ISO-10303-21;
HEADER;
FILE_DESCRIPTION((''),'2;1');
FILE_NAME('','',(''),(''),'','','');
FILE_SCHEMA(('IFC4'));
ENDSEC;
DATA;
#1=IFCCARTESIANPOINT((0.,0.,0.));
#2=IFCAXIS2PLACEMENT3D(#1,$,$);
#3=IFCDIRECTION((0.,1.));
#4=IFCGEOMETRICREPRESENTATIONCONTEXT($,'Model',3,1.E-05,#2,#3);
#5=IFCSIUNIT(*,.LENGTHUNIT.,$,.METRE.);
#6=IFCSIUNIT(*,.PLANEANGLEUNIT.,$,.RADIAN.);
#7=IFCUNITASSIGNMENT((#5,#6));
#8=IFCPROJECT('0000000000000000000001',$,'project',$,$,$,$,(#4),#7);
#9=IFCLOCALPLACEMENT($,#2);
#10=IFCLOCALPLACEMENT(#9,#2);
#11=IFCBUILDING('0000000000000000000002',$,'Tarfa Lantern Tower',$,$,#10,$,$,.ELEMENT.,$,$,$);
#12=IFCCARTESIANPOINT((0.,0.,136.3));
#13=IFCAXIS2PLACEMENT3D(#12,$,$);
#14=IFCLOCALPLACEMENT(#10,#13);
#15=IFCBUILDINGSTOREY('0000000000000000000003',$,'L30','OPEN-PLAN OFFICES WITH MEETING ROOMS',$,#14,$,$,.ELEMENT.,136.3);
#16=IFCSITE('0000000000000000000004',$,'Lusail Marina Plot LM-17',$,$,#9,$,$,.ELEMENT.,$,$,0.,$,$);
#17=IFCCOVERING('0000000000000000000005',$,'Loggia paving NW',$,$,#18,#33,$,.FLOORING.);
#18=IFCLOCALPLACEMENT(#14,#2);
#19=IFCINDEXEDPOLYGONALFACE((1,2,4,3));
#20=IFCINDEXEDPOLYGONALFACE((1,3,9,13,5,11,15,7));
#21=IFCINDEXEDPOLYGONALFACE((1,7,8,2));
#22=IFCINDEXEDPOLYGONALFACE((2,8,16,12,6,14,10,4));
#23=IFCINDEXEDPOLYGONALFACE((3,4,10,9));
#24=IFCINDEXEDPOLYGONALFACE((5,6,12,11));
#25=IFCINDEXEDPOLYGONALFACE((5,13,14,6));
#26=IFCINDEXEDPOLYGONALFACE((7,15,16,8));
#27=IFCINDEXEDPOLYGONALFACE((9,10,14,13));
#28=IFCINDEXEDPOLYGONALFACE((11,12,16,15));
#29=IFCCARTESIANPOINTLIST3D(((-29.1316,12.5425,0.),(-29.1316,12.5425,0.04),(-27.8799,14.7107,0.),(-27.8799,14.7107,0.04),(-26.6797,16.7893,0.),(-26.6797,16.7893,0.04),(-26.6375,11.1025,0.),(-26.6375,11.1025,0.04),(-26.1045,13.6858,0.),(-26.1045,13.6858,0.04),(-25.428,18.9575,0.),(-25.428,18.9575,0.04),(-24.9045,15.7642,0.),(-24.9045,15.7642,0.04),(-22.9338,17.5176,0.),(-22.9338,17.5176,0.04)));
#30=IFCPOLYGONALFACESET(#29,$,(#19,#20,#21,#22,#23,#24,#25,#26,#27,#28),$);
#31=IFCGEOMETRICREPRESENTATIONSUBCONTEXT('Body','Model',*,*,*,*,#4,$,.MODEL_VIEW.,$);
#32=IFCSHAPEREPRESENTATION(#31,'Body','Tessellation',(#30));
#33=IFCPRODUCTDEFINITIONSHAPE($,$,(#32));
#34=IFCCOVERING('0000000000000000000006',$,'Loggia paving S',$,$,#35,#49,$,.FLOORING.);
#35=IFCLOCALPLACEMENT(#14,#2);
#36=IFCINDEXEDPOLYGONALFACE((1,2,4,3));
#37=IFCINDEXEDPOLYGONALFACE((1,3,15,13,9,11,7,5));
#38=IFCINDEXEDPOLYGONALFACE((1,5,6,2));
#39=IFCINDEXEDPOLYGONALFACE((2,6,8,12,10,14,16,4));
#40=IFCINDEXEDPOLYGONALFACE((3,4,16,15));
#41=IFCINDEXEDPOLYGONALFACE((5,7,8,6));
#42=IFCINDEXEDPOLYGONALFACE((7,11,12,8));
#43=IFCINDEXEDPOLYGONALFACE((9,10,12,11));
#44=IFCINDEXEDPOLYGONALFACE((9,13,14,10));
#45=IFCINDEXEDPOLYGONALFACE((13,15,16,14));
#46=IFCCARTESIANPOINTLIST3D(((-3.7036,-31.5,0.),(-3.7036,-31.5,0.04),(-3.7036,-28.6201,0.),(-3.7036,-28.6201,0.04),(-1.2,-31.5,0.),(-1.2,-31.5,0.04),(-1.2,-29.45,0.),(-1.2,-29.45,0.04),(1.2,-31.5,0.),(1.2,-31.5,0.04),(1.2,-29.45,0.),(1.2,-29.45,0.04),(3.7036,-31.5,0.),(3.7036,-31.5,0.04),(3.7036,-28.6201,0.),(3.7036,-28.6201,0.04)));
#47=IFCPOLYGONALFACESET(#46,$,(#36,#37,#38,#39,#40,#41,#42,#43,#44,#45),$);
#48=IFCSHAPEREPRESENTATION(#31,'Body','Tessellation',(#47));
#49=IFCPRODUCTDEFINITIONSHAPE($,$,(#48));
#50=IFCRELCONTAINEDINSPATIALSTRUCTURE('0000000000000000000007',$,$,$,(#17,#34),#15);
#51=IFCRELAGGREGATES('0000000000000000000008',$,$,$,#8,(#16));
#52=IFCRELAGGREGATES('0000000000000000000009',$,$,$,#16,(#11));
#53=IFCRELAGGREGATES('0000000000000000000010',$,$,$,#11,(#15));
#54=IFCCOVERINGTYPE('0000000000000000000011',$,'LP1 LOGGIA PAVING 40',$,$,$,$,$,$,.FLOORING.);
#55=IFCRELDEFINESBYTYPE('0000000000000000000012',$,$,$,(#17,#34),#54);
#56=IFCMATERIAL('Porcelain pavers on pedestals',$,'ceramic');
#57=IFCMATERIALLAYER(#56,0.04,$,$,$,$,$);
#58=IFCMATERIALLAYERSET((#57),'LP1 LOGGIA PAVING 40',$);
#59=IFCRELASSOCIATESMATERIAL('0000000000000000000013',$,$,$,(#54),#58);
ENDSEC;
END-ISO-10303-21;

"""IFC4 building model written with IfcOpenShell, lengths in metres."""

from ifc_helpers import new_model, si_unit, direction, frame, origin, place, context, subcontext, project, spatial, polyline, outline, extrude, material, layer, layer_set, type_object, element, save


model = new_model("IFC4")

# Units and contexts
model_context = context("Model", 3, precision=1e-05, world=origin(), true_north=direction((0.0, 1.0)))
body_context = subcontext(model_context, "Body", "Model", "MODEL_VIEW")
ifc_project = project(units=[si_unit("LENGTHUNIT", "METRE"), si_unit("PLANEANGLEUNIT", "RADIAN")], contexts=[model_context])

# Site, building, storey
site_placement = place(None, origin())
site = spatial("IfcSite", under=ifc_project, at=site_placement, Name="Lusail Marina Plot LM-17", CompositionType="ELEMENT", RefElevation=0.0)
building_placement = place(site_placement, origin())
building = spatial("IfcBuilding", under=site, at=building_placement, Name="Tarfa Lantern Tower", CompositionType="ELEMENT")
storey_placement = place(building_placement, frame((0.0, 0.0, 136.3)))
storey = spatial("IfcBuildingStorey", under=building, at=storey_placement, Name="L30", Description="OPEN-PLAN OFFICES WITH MEETING ROOMS", CompositionType="ELEMENT", Elevation=136.3)

# Coverings
ifc_material_1 = material(Name="Porcelain pavers on pedestals", Category="ceramic")
ifc_layer_1 = layer(ifc_material_1, 0.04)
ifc_layer_set_1 = layer_set([ifc_layer_1], Name="LP1 LOGGIA PAVING 40")
covering_type_1 = type_object("IfcCoveringType", Name="LP1 LOGGIA PAVING 40", PredefinedType="FLOORING", material=ifc_layer_set_1)
covering_1_placement = place(storey_placement, origin())
element("IfcCovering", 1, at=covering_1_placement, inside=storey, type_object=covering_type_1, Name="Loggia paving NW", PredefinedType="FLOORING", context=body_context, shape_type="SweptSolid", body=[
    extrude(outline(polyline([(-25.428, 18.9575), (-22.9338, 17.5176), (-26.6375, 11.1025), (-29.1316, 12.5425), (-27.8799, 14.7107), (-26.1045, 13.6858), (-24.9045, 15.7642), (-26.6797, 16.7893), (-25.428, 18.9575)])), origin(), (0.0, 0.0, 1.0), 0.04),
])
covering_2_placement = place(storey_placement, origin())
element("IfcCovering", 2, at=covering_2_placement, inside=storey, type_object=covering_type_1, Name="Loggia paving S", PredefinedType="FLOORING", context=body_context, shape_type="SweptSolid", body=[
    extrude(outline(polyline([(-3.7036, -31.5), (-3.7036, -28.6201), (3.7036, -28.6201), (3.7036, -31.5), (1.2, -31.5), (1.2, -29.45), (-1.2, -29.45), (-1.2, -31.5), (-3.7036, -31.5)])), origin(), (0.0, 0.0, 1.0), 0.04),
])

save(model, "model.ifc")
